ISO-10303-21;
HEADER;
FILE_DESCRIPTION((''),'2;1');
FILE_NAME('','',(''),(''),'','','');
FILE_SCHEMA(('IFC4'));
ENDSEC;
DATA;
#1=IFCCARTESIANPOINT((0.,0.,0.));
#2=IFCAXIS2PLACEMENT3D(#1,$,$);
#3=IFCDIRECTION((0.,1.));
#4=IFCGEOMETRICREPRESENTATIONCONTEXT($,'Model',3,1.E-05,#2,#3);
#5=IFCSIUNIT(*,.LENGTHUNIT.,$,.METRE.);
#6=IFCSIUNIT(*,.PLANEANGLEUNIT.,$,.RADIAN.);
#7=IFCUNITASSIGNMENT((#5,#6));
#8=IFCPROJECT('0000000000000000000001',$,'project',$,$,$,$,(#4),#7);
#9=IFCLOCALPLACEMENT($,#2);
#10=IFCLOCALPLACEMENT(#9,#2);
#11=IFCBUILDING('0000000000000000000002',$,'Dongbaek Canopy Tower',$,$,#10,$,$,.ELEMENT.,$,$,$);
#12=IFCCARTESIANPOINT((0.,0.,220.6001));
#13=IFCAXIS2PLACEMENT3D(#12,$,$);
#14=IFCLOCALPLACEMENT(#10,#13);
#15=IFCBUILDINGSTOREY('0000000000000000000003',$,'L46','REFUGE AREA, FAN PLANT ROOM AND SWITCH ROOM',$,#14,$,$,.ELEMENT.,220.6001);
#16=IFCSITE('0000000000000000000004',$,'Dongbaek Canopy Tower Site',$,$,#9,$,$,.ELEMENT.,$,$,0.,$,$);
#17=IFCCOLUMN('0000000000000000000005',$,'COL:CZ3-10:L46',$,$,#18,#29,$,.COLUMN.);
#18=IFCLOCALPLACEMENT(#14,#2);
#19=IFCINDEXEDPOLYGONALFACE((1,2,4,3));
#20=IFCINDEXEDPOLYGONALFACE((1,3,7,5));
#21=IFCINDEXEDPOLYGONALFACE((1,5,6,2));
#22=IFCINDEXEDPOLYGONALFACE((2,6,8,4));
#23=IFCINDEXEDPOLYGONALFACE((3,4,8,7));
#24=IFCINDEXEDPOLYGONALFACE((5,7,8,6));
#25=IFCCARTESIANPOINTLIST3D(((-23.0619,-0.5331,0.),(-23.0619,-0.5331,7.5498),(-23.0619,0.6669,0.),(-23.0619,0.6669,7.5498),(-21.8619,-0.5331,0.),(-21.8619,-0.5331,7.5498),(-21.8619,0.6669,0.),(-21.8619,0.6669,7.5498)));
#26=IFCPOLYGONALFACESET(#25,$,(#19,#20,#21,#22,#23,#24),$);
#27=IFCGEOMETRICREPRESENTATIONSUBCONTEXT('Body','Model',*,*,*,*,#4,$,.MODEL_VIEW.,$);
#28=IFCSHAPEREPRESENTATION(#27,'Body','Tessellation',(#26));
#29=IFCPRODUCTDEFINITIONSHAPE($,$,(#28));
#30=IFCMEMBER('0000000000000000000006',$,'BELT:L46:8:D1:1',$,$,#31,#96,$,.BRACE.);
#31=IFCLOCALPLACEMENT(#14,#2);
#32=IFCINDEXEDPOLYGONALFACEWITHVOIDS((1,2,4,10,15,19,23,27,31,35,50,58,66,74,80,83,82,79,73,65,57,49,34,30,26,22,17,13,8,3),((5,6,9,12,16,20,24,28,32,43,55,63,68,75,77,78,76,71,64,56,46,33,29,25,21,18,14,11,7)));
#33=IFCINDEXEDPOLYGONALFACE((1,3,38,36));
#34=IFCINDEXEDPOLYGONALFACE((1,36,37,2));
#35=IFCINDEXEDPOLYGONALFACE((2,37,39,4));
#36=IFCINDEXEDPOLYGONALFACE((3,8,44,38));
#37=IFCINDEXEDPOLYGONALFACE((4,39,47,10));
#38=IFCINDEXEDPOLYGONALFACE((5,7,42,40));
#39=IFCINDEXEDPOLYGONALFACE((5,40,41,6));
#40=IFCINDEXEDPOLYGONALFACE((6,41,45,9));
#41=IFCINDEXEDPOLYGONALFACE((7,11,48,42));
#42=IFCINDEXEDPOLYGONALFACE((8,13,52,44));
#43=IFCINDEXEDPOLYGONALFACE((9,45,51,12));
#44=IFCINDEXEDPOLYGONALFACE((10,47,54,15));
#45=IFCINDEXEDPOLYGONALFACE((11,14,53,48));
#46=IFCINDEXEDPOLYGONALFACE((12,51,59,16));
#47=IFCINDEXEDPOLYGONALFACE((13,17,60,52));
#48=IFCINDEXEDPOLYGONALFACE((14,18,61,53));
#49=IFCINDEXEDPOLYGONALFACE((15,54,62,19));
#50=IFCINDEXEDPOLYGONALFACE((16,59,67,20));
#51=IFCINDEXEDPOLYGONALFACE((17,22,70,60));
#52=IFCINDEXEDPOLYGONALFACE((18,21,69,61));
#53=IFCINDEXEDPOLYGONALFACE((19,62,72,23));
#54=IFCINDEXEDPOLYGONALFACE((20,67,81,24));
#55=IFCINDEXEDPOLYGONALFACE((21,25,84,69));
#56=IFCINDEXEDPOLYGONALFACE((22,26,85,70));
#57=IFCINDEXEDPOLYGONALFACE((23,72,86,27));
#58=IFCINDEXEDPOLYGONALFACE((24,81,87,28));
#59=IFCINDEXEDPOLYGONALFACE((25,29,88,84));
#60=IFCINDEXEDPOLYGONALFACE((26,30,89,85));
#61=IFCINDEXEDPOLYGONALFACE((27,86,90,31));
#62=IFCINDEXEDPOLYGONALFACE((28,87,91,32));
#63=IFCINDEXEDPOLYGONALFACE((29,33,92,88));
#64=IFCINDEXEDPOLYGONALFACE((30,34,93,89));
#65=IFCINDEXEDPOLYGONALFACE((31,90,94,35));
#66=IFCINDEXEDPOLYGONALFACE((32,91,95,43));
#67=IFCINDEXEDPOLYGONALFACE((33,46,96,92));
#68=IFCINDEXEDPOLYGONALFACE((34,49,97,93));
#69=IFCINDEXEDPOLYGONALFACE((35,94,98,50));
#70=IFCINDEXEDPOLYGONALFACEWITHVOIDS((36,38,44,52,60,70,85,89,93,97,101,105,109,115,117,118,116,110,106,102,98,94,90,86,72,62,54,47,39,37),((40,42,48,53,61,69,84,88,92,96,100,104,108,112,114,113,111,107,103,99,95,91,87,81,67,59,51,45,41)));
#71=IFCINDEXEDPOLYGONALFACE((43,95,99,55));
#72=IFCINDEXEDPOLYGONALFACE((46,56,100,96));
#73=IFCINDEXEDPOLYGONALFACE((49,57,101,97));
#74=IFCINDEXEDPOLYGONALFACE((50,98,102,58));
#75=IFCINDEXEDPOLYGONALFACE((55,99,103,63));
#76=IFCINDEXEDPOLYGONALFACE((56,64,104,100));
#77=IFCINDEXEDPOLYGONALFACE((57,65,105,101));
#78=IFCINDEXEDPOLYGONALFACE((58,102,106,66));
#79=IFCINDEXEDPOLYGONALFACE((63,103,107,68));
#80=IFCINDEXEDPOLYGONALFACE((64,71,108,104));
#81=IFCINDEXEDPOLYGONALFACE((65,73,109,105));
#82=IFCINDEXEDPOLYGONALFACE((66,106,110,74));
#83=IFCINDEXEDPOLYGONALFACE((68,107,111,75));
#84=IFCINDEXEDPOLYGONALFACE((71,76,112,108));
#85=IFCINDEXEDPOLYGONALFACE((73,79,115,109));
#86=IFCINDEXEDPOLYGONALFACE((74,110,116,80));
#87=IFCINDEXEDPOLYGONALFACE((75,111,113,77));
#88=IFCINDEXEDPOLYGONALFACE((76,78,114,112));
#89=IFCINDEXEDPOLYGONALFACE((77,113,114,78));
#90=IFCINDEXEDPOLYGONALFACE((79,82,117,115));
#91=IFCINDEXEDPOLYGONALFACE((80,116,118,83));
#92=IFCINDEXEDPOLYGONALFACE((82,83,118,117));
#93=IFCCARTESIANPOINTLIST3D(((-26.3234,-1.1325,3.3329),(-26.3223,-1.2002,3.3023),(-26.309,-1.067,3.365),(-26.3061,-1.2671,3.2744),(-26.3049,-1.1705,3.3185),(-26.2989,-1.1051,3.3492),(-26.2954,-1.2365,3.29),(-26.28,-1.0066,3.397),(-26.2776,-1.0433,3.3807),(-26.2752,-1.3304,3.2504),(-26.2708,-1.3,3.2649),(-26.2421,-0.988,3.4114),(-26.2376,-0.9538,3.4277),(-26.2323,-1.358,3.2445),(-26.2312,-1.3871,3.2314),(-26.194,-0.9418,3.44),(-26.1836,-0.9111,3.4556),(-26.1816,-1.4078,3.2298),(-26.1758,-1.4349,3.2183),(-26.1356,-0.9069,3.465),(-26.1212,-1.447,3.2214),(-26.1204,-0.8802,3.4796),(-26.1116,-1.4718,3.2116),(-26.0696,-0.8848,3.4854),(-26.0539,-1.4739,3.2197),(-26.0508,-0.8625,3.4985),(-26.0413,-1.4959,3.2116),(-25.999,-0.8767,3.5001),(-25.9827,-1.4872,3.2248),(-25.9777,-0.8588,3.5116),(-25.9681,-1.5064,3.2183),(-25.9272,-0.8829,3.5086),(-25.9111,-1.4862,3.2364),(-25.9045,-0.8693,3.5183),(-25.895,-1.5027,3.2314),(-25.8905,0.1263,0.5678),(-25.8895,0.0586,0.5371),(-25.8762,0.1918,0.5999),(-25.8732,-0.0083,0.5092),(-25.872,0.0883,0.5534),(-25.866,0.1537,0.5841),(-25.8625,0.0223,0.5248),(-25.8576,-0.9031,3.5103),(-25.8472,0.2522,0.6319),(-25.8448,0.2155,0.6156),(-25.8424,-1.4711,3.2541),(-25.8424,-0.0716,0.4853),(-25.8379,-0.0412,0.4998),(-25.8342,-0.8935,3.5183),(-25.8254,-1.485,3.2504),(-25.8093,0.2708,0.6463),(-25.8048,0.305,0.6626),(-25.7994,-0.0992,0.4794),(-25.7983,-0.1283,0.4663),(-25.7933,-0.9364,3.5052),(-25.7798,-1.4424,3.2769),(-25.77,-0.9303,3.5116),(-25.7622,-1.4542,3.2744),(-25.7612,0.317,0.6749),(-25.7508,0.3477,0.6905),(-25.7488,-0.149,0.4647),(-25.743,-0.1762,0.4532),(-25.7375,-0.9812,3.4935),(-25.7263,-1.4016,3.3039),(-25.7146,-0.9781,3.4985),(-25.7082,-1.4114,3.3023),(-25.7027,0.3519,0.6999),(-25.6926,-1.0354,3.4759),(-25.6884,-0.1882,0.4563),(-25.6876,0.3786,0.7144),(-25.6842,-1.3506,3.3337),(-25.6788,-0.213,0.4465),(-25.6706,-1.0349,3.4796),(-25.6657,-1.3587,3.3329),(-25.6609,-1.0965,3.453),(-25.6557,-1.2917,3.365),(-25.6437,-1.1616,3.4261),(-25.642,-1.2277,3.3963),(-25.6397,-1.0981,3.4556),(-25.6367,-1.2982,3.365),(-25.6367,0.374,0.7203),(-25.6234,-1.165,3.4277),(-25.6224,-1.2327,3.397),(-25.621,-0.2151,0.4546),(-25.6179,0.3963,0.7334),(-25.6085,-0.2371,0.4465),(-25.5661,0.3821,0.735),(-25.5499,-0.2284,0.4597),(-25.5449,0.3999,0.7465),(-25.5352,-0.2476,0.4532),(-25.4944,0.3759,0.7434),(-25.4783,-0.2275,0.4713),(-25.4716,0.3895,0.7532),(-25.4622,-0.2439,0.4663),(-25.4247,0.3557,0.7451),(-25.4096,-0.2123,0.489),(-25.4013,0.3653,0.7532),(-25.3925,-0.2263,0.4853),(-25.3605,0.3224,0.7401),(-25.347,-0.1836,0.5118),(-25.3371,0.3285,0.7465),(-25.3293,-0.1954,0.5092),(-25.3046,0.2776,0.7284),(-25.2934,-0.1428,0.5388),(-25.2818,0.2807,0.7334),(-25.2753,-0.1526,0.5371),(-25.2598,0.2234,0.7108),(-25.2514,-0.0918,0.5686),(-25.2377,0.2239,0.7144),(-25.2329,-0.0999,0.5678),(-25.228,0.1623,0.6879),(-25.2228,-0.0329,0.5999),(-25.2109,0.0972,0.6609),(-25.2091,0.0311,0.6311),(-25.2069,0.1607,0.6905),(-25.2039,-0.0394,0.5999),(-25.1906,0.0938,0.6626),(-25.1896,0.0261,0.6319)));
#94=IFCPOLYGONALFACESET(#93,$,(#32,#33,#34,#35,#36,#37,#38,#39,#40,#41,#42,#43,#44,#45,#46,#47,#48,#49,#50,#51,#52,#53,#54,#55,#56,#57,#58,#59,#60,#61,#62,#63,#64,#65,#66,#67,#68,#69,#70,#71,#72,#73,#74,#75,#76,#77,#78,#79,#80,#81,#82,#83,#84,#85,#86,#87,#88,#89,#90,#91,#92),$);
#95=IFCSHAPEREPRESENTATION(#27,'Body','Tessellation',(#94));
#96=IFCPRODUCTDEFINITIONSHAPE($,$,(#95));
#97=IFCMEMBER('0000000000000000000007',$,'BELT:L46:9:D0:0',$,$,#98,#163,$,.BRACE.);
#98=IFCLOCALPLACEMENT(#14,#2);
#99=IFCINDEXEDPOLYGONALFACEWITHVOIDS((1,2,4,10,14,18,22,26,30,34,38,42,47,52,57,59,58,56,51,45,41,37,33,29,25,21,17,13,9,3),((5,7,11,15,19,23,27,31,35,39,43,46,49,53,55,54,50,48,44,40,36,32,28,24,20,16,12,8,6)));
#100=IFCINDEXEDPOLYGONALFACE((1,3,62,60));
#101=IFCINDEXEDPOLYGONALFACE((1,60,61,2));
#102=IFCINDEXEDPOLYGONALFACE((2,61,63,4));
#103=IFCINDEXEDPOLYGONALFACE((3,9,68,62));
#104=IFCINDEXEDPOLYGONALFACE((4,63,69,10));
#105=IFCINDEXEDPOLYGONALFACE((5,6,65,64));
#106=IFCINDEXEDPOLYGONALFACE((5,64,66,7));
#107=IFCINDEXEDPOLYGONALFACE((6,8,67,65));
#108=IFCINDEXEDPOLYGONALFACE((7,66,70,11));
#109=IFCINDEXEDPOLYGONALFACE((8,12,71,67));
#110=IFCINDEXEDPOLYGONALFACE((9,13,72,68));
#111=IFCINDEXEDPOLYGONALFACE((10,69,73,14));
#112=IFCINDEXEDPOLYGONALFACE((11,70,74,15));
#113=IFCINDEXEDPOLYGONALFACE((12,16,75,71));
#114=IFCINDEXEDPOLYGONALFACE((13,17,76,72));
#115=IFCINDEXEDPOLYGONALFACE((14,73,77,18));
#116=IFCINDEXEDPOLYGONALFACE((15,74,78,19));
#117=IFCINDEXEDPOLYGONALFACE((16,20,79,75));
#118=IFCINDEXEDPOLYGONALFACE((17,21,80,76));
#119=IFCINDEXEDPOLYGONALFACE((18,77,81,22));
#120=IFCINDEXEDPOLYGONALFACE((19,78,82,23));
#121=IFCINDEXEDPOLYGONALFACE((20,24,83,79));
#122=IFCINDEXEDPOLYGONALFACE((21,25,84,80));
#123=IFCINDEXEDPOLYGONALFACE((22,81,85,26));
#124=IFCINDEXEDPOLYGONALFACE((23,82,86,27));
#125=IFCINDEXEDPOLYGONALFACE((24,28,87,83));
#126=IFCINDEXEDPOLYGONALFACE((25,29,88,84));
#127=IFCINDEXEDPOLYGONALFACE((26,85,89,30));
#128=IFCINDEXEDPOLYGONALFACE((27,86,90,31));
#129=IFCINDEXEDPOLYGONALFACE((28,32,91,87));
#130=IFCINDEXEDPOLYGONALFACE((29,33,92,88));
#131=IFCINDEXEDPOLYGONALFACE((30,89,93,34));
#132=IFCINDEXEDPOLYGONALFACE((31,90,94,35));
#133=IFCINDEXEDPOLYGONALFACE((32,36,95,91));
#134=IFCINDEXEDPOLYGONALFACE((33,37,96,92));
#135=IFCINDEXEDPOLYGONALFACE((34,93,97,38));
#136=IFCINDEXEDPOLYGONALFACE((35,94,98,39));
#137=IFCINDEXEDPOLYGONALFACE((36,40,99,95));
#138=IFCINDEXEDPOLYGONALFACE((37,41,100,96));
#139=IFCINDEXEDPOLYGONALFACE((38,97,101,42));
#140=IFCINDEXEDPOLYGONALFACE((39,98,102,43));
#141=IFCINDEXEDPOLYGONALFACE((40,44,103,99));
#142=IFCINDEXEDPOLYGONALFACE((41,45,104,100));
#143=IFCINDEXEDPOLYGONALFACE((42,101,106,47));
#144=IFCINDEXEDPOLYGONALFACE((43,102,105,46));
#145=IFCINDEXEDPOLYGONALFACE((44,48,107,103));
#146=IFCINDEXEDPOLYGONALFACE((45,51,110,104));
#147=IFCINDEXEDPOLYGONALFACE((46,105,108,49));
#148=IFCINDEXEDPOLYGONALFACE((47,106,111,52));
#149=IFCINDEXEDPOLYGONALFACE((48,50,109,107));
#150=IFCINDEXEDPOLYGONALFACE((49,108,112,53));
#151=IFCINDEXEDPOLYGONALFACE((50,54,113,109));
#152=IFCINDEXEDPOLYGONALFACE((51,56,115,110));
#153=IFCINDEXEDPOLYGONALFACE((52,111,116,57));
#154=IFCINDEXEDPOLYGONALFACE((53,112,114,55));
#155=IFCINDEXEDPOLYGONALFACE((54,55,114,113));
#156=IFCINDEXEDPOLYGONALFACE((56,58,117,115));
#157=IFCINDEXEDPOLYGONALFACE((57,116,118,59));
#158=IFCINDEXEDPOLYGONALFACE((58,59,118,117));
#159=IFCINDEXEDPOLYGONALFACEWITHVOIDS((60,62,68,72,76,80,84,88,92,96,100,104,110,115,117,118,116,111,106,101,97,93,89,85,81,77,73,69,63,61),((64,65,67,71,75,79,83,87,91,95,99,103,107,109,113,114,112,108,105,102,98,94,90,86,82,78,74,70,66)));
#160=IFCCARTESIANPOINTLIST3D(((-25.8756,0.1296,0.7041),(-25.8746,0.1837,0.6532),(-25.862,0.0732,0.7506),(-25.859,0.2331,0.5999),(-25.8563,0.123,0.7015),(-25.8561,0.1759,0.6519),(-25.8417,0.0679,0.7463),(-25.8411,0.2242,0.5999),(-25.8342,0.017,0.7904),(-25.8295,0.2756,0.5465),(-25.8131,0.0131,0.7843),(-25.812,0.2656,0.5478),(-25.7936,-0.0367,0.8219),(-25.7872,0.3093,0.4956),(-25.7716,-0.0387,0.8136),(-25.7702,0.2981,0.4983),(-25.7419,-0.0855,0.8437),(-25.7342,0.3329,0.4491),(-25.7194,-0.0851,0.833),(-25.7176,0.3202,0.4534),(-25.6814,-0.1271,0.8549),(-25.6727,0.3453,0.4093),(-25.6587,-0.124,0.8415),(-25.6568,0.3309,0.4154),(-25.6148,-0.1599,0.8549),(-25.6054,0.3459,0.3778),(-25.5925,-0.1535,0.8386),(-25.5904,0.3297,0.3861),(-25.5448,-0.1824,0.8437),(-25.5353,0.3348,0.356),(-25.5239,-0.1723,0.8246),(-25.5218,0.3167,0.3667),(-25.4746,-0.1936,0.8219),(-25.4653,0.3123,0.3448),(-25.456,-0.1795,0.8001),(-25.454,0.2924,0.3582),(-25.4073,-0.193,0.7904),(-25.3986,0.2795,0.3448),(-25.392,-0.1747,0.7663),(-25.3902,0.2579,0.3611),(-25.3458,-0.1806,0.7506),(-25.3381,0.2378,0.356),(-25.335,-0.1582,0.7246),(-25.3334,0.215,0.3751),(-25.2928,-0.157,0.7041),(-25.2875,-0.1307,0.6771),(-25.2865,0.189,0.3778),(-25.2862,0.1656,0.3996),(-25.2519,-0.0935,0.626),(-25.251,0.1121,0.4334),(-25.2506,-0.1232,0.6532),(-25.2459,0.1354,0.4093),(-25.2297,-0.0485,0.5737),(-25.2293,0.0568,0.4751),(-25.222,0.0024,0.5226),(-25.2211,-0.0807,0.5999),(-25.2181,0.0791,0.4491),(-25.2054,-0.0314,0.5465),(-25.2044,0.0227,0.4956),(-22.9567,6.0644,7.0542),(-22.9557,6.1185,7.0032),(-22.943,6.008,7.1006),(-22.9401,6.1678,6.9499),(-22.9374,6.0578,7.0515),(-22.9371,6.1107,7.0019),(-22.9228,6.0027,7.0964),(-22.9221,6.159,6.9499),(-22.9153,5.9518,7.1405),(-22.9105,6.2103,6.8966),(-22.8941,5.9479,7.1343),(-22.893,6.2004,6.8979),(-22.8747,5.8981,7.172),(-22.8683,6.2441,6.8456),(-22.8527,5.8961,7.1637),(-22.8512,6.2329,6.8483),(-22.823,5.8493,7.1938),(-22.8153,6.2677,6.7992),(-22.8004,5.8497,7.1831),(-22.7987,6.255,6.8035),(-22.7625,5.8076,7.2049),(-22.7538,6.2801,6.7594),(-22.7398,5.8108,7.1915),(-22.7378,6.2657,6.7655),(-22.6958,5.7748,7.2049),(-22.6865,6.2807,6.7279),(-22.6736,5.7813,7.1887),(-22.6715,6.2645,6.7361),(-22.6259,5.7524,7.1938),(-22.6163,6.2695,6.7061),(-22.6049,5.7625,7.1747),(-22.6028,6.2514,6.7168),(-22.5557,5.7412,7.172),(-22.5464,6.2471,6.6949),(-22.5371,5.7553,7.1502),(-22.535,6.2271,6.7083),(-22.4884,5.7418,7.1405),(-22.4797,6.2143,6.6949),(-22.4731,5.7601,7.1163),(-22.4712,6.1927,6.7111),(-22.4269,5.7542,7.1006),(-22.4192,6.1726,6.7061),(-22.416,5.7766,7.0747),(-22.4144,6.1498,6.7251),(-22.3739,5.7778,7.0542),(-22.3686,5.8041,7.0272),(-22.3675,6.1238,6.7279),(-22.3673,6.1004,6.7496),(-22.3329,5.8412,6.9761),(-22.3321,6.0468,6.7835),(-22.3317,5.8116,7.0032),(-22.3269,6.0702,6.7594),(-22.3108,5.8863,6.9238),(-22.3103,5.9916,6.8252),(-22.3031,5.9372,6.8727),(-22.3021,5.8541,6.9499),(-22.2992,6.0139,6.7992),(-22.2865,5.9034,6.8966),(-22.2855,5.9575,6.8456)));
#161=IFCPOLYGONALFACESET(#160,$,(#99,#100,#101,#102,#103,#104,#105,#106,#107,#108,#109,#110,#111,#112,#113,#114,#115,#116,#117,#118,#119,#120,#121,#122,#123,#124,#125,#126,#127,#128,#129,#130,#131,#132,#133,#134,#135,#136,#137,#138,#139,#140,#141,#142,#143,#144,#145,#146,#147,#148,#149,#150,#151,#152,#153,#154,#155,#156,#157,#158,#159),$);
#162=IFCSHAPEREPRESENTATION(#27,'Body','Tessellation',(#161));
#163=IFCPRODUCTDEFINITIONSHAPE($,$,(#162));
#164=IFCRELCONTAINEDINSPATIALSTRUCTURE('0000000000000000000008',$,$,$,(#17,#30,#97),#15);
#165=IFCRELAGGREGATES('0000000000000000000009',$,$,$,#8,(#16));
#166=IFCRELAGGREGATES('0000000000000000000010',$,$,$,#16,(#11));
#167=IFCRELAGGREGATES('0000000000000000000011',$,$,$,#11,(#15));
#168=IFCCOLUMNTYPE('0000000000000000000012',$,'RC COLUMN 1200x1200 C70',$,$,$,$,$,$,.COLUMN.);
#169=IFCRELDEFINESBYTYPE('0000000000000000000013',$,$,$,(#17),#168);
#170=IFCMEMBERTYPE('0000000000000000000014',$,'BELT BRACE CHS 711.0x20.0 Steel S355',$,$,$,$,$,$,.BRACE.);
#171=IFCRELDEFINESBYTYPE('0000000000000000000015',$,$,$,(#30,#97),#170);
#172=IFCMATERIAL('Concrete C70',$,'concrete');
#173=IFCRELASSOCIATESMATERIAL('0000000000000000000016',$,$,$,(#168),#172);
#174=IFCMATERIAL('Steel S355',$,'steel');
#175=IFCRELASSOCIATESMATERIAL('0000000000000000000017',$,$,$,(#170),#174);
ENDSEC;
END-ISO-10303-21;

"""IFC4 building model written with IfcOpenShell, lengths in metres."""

from ifc_helpers import new_model, si_unit, direction, frame, origin, origin_2d, place, context, subcontext, project, spatial, rectangle, hollow_circle, extrude, material, material_profile, profile_set, type_object, element, save


model = new_model("IFC4")

# Units and contexts
model_context = context("Model", 3, precision=1e-05, world=origin(), true_north=direction((0.0, 1.0)))
body_context = subcontext(model_context, "Body", "Model", "MODEL_VIEW")
ifc_project = project(units=[si_unit("LENGTHUNIT", "METRE"), si_unit("PLANEANGLEUNIT", "RADIAN")], contexts=[model_context])

# Site, building, storey
site_placement = place(None, origin())
site = spatial("IfcSite", under=ifc_project, at=site_placement, Name="Dongbaek Canopy Tower Site", CompositionType="ELEMENT", RefElevation=0.0)
building_placement = place(site_placement, origin())
building = spatial("IfcBuilding", under=site, at=building_placement, Name="Dongbaek Canopy Tower", CompositionType="ELEMENT")
storey_placement = place(building_placement, frame((0.0, 0.0, 220.6001)))
storey = spatial("IfcBuildingStorey", under=building, at=storey_placement, Name="L46", Description="REFUGE AREA, FAN PLANT ROOM AND SWITCH ROOM", CompositionType="ELEMENT", Elevation=220.6001)

# Column
ifc_material_1 = material(Name="Concrete C70", Category="concrete")
ifc_material_profile_1 = material_profile(ifc_material_1, rectangle(XDim=1.2, YDim=1.2, at=origin_2d()), Name="RC COLUMN 1200x1200 C70")
ifc_profile_set_1 = profile_set([ifc_material_profile_1], Name="Concrete C70")
column_type = type_object("IfcColumnType", Name="RC COLUMN 1200x1200 C70", PredefinedType="COLUMN", material=ifc_profile_set_1)
column_placement = place(storey_placement, frame((-22.4619, 0.0669, 0.0), z_axis=(0.0, 0.0, 1.0), x_axis=(1.0, 0.0, 0.0)))
element("IfcColumn", 1, at=column_placement, inside=storey, type_object=column_type, Name="COL:CZ3-10:L46", PredefinedType="COLUMN", context=body_context, shape_type="SweptSolid", body=[
    extrude(rectangle(XDim=1.2, YDim=1.2, at=origin_2d()), origin(), (0.0, 0.0, 1.0), 7.5498),
])

# Members
ifc_material_2 = material(Name="Steel S355", Category="steel")
ifc_material_profile_2 = material_profile(ifc_material_2, hollow_circle(Radius=0.3555, WallThickness=0.02, at=origin_2d()), Name="BELT BRACE CHS 711.0x20.0 Steel S355")
ifc_profile_set_2 = profile_set([ifc_material_profile_2], Name="Steel S355")
member_type_1 = type_object("IfcMemberType", Name="BELT BRACE CHS 711.0x20.0 Steel S355", PredefinedType="BRACE", material=ifc_profile_set_2)
member_1_placement = place(storey_placement, frame((-25.54, 0.0762, 0.5999), z_axis=(-0.14105, -0.410181, 0.901031), x_axis=(0.945651, -0.325182, 0.0)))
element("IfcMember", 2, at=member_1_placement, inside=storey, type_object=member_type_1, Name="BELT:L46:8:D1:1", PredefinedType="BRACE", context=body_context, shape_type="SweptSolid", body=[
    extrude(hollow_circle(Radius=0.3555, WallThickness=0.02, at=origin_2d()), origin(), (0.0, 0.0, 1.0), 3.0688),
])
member_2_placement = place(storey_placement, frame((-25.54, 0.0762, 0.5999), z_axis=(0.318358, 0.647287, 0.69258), x_axis=(-0.897339, 0.441342, 0.0)))
element("IfcMember", 3, at=member_2_placement, inside=storey, type_object=member_type_1, Name="BELT:L46:9:D0:0", PredefinedType="BRACE", context=body_context, shape_type="SweptSolid", body=[
    extrude(hollow_circle(Radius=0.3555, WallThickness=0.02, at=origin_2d()), origin(), (0.0, 0.0, 1.0), 9.1687),
])

save(model, "model.ifc")
